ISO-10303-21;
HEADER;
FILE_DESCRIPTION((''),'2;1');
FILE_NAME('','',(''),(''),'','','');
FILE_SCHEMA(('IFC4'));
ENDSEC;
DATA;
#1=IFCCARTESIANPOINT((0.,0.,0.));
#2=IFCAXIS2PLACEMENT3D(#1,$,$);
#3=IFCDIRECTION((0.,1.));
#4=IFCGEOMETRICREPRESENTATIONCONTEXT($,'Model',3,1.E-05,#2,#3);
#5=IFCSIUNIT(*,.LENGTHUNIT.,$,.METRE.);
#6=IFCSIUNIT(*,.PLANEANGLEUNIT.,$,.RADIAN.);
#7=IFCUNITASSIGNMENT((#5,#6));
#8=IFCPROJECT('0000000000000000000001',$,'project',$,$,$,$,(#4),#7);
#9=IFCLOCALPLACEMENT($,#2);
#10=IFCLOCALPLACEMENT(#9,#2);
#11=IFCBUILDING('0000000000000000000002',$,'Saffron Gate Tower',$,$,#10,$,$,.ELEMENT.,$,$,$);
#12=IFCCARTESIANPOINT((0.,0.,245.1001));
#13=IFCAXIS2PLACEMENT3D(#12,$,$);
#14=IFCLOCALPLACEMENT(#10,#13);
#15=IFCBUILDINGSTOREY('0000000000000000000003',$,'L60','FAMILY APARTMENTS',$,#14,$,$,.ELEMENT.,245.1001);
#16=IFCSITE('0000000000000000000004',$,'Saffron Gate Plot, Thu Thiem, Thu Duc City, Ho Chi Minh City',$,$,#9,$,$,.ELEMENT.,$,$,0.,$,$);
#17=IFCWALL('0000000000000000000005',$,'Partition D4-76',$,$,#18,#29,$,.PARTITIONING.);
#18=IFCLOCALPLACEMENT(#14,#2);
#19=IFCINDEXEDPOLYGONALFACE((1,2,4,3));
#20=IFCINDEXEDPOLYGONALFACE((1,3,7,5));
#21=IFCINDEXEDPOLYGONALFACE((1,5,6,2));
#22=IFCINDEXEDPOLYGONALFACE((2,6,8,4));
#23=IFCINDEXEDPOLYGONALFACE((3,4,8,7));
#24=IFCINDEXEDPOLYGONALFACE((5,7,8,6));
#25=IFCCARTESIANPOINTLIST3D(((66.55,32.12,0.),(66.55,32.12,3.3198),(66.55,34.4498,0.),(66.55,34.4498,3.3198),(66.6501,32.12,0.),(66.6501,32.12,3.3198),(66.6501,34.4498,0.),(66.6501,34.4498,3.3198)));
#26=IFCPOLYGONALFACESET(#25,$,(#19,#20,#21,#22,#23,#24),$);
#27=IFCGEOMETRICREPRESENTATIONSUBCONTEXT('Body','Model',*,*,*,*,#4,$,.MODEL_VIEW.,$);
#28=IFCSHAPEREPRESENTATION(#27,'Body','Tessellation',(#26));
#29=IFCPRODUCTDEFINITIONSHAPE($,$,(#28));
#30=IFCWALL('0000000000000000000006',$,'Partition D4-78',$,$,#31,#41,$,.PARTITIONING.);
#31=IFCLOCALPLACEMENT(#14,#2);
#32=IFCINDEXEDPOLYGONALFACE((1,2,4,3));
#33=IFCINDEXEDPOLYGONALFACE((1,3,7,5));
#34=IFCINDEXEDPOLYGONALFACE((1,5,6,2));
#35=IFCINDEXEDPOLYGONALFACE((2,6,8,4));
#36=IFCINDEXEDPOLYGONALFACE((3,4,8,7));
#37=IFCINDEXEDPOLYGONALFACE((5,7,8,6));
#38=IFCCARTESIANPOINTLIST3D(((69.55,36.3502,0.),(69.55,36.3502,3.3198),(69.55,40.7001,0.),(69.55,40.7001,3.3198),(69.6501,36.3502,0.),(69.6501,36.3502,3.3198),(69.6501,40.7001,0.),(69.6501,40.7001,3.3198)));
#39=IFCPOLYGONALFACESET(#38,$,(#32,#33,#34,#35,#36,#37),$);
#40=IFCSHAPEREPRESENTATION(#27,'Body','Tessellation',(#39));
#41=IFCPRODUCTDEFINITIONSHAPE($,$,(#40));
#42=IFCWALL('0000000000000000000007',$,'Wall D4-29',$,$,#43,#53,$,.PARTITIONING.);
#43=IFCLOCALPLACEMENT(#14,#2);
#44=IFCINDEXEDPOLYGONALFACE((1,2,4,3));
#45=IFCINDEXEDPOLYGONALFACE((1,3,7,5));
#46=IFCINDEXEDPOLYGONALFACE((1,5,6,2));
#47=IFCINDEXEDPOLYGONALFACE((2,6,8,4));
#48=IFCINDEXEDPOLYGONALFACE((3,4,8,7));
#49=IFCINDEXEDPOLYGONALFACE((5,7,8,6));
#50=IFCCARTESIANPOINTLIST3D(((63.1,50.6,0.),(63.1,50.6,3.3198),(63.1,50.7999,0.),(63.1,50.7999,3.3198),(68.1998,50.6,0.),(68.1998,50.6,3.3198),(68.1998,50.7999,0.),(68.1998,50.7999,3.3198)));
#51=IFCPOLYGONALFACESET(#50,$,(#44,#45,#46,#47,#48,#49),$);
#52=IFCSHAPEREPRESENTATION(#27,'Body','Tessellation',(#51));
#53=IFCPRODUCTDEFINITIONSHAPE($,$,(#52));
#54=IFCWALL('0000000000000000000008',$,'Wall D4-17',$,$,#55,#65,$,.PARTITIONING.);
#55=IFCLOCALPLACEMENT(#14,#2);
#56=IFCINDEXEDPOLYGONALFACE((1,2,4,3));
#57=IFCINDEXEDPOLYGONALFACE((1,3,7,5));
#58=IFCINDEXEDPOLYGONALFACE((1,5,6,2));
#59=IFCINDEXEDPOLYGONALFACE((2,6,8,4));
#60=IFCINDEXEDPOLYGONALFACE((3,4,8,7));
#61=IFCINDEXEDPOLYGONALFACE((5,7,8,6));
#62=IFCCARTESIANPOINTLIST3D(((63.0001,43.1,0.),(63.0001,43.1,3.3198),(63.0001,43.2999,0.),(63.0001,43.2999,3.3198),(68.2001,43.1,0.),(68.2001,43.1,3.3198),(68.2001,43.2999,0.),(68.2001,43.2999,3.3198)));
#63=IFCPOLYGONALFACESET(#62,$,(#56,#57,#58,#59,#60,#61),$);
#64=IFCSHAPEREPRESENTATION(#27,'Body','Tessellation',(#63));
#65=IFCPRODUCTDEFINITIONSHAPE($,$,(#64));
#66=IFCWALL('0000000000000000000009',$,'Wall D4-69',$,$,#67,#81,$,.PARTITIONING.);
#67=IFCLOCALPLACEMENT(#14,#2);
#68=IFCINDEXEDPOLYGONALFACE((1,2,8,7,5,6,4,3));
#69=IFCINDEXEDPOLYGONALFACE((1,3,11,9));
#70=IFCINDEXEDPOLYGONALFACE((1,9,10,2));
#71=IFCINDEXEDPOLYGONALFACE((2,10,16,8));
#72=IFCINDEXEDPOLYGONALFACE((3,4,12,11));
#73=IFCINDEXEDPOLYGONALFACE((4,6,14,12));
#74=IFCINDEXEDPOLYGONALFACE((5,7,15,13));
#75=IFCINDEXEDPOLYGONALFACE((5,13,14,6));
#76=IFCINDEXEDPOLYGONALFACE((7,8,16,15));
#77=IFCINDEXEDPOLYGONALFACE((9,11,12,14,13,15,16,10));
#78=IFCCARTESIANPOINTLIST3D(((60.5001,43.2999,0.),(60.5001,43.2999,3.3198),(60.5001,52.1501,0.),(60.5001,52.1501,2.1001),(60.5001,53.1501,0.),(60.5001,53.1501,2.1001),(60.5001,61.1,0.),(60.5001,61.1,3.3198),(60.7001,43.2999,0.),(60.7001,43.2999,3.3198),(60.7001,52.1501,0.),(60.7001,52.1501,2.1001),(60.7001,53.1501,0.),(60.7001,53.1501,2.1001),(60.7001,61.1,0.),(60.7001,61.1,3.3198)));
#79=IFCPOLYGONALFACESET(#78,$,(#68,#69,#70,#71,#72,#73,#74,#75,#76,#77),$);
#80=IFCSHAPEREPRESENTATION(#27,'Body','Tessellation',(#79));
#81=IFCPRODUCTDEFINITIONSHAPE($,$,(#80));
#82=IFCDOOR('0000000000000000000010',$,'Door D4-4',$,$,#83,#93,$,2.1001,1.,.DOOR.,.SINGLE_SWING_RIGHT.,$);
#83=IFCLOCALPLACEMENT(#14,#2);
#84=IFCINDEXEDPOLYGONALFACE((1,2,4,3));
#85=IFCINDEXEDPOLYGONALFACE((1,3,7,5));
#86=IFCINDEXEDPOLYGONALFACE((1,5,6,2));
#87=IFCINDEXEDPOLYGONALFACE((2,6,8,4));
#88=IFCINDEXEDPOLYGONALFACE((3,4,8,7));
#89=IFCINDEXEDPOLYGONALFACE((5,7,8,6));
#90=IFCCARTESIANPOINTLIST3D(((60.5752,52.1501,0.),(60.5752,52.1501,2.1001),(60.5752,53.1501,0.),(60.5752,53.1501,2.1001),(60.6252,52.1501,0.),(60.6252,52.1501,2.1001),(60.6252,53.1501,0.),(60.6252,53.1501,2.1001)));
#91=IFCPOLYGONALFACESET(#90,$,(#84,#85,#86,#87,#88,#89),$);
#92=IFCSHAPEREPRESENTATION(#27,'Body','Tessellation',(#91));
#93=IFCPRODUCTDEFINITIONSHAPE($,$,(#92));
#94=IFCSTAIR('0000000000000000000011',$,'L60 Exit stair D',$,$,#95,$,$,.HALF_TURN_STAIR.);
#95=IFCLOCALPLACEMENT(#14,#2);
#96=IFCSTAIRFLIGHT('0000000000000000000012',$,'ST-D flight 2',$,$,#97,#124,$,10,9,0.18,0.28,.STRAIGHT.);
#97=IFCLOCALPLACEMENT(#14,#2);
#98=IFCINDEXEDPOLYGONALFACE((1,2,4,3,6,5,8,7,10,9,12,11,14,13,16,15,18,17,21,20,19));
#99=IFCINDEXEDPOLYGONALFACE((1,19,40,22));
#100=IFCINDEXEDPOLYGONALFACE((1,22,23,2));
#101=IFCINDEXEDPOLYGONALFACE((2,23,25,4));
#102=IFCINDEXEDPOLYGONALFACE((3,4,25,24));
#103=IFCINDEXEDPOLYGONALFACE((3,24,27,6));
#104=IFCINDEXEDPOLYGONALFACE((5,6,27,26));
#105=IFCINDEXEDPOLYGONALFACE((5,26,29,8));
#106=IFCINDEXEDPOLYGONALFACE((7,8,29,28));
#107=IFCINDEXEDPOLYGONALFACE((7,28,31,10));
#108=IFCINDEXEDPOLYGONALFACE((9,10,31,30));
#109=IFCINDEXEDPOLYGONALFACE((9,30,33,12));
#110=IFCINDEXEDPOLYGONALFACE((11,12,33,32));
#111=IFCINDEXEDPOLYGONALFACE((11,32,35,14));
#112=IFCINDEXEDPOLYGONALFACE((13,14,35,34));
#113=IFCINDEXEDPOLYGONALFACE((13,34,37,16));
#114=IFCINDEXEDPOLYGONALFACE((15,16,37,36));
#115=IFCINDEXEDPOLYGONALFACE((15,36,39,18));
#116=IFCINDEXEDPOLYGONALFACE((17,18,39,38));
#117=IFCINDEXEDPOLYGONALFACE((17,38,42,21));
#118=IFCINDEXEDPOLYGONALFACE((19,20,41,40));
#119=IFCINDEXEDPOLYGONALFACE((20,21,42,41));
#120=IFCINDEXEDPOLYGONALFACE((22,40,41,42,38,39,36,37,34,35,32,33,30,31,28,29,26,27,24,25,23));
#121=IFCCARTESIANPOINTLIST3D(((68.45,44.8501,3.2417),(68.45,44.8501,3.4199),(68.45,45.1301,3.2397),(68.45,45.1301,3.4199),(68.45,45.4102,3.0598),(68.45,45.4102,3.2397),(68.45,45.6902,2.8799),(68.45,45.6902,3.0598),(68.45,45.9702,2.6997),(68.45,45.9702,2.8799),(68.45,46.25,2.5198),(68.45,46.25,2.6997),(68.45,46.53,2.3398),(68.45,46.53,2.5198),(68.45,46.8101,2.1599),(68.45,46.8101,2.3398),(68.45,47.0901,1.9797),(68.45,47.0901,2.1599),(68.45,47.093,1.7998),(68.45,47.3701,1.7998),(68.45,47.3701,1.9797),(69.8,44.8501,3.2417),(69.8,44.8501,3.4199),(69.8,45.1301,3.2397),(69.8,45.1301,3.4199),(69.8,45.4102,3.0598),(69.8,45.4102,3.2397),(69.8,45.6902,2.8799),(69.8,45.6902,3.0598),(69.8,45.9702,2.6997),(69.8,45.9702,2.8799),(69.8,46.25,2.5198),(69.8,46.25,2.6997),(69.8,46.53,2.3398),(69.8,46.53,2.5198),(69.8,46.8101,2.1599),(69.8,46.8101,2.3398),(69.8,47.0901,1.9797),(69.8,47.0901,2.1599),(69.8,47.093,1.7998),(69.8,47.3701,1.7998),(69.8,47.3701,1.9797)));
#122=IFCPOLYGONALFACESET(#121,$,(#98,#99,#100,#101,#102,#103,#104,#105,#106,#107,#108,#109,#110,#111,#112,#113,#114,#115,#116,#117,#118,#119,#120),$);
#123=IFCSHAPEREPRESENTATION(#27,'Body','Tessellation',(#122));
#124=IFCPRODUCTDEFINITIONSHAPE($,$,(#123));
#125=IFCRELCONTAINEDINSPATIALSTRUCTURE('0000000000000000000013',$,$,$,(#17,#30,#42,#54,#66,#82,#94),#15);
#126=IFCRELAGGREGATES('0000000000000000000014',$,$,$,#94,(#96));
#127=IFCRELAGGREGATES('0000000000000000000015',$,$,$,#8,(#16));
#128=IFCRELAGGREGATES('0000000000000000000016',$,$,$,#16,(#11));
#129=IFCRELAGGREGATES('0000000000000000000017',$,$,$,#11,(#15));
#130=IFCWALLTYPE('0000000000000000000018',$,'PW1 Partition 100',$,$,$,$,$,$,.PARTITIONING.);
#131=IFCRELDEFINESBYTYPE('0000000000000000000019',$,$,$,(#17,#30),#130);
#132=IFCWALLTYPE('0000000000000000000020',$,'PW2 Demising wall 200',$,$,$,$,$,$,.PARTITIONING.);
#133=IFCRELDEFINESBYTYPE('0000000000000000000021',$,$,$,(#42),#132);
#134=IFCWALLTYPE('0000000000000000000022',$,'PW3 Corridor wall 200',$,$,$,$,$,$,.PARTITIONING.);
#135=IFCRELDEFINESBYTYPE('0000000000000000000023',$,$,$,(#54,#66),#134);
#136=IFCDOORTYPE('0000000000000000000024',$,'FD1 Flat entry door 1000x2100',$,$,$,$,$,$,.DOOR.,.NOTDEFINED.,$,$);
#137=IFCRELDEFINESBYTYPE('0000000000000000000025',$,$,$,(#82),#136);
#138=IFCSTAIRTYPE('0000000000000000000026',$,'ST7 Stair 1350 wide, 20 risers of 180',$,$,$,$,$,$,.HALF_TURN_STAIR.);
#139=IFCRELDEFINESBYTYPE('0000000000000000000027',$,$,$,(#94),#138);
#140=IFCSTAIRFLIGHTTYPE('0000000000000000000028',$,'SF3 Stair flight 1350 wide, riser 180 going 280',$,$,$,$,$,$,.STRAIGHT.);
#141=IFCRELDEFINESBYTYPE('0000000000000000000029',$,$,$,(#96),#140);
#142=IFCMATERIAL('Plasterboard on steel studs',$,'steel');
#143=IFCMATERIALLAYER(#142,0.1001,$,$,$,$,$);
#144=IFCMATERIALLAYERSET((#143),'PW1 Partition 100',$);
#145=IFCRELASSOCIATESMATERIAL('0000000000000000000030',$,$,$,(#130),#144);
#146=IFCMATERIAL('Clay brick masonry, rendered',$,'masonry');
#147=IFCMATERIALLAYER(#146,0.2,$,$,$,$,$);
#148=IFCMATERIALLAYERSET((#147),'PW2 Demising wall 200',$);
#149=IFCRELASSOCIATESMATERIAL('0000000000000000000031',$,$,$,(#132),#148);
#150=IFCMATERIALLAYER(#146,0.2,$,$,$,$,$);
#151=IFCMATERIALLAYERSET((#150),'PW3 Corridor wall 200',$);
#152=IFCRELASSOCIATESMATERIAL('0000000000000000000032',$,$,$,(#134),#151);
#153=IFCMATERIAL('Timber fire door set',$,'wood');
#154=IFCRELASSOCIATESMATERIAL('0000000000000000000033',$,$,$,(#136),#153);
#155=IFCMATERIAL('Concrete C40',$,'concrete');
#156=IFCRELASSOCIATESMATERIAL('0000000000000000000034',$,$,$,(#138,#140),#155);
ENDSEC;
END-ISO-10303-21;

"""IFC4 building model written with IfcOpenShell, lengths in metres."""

from ifc_helpers import new_model, si_unit, direction, frame, frame_2d, origin, place, context, subcontext, project, spatial, polyline, rectangle, outline, extrude, material, layer, layer_set, type_object, element, fill, aggregate, save


model = new_model("IFC4")

# Units and contexts
model_context = context("Model", 3, precision=1e-05, world=origin(), true_north=direction((0.0, 1.0)))
body_context = subcontext(model_context, "Body", "Model", "MODEL_VIEW")
ifc_project = project(units=[si_unit("LENGTHUNIT", "METRE"), si_unit("PLANEANGLEUNIT", "RADIAN")], contexts=[model_context])

# Site, building, storey
site_placement = place(None, origin())
site = spatial("IfcSite", under=ifc_project, at=site_placement, Name="Saffron Gate Plot, Thu Thiem, Thu Duc City, Ho Chi Minh City", CompositionType="ELEMENT", RefElevation=0.0)
building_placement = place(site_placement, origin())
building = spatial("IfcBuilding", under=site, at=building_placement, Name="Saffron Gate Tower", CompositionType="ELEMENT")
storey_placement = place(building_placement, frame((0.0, 0.0, 245.1001)))
storey = spatial("IfcBuildingStorey", under=building, at=storey_placement, Name="L60", Description="FAMILY APARTMENTS", CompositionType="ELEMENT", Elevation=245.1001)

# Shared definitions
ifc_material_1 = material(Name="Plasterboard on steel studs", Category="steel")
ifc_layer_1 = layer(ifc_material_1, 0.1001)
ifc_layer_set_1 = layer_set([ifc_layer_1], Name="PW1 Partition 100")
wall_type_1 = type_object("IfcWallType", Name="PW1 Partition 100", PredefinedType="PARTITIONING", material=ifc_layer_set_1)

# Walls
wall_1_placement = place(storey_placement, frame((66.6001, 34.45, 0.0), z_axis=(0.0, 0.0, 1.0), x_axis=(0.0, -1.0, 0.0)))
element("IfcWall", 1, at=wall_1_placement, inside=storey, type_object=wall_type_1, Name="Partition D4-76", PredefinedType="PARTITIONING", context=body_context, shape_type="SweptSolid", body=[
    extrude(rectangle(XDim=2.3298, YDim=0.1001, at=frame_2d((1.165, 0.0))), origin(), (0.0, 0.0, 1.0), 3.3198),
])
wall_2_placement = place(storey_placement, frame((69.6001, 40.7, 0.0), z_axis=(0.0, 0.0, 1.0), x_axis=(0.0, -1.0, 0.0)))
element("IfcWall", 2, at=wall_2_placement, inside=storey, type_object=wall_type_1, Name="Partition D4-78", PredefinedType="PARTITIONING", context=body_context, shape_type="SweptSolid", body=[
    extrude(rectangle(XDim=4.3499, YDim=0.1001, at=frame_2d((2.1748, 0.0))), origin(), (0.0, 0.0, 1.0), 3.3198),
])
ifc_material_2 = material(Name="Clay brick masonry, rendered", Category="masonry")
ifc_layer_2 = layer(ifc_material_2, 0.2)
ifc_layer_set_2 = layer_set([ifc_layer_2], Name="PW2 Demising wall 200")
wall_type_2 = type_object("IfcWallType", Name="PW2 Demising wall 200", PredefinedType="PARTITIONING", material=ifc_layer_set_2)
wall_3_placement = place(storey_placement, frame((63.1001, 50.7, 0.0), z_axis=(0.0, 0.0, 1.0), x_axis=(1.0, 0.0, 0.0)))
element("IfcWall", 3, at=wall_3_placement, inside=storey, type_object=wall_type_2, Name="Wall D4-29", PredefinedType="PARTITIONING", context=body_context, shape_type="SweptSolid", body=[
    extrude(rectangle(XDim=5.0999, YDim=0.2, at=frame_2d((2.5498, 0.0))), origin(), (0.0, 0.0, 1.0), 3.3198),
])
ifc_layer_3 = layer(ifc_material_2, 0.2)
ifc_layer_set_3 = layer_set([ifc_layer_3], Name="PW3 Corridor wall 200")
wall_type_3 = type_object("IfcWallType", Name="PW3 Corridor wall 200", PredefinedType="PARTITIONING", material=ifc_layer_set_3)
wall_4_placement = place(storey_placement, frame((63.0, 43.2, 0.0), z_axis=(0.0, 0.0, 1.0), x_axis=(1.0, 0.0, 0.0)))
element("IfcWall", 4, at=wall_4_placement, inside=storey, type_object=wall_type_3, Name="Wall D4-17", PredefinedType="PARTITIONING", context=body_context, shape_type="SweptSolid", body=[
    extrude(rectangle(XDim=5.2, YDim=0.2, at=frame_2d((2.6001, 0.0))), origin(), (0.0, 0.0, 1.0), 3.3198),
])

# Wall, opening, door
wall_5_placement = place(storey_placement, frame((60.6001, 43.3, 0.0), z_axis=(0.0, 0.0, 1.0), x_axis=(0.0, 1.0, 0.0)))
wall_5 = element("IfcWall", 5, at=wall_5_placement, inside=storey, type_object=wall_type_3, Name="Wall D4-69", PredefinedType="PARTITIONING", context=body_context, shape_type="SweptSolid", body=[
    extrude(rectangle(XDim=17.8, YDim=0.2, at=frame_2d((8.8999, 0.0))), origin(), (0.0, 0.0, 1.0), 3.3198),
])
opening_1_placement = place(wall_5_placement, frame((8.8501, 0.0, 0.0)))
opening_1 = element("IfcOpeningElement", 6, at=opening_1_placement, cuts=wall_5, PredefinedType="OPENING", context=body_context, shape_type="SweptSolid", body=[
    extrude(rectangle(XDim=1.0, YDim=2.1001, at=frame_2d((0.5, 1.05))), frame((0.0, 0.1099, 0.0), z_axis=(0.0, -1.0, 0.0), x_axis=(1.0, 0.0, 0.0)), (0.0, 0.0, 1.0), 0.22),
])
ifc_material_3 = material(Name="Timber fire door set", Category="wood")
door_type_1 = type_object("IfcDoorType", Name="FD1 Flat entry door 1000x2100", OperationType="NOTDEFINED", PredefinedType="DOOR", material=ifc_material_3)
door_1_placement = place(opening_1_placement, origin())
door_1 = element("IfcDoor", 7, at=door_1_placement, inside=storey, type_object=door_type_1, Name="Door D4-4", OperationType="SINGLE_SWING_RIGHT", OverallHeight=2.1001, OverallWidth=1.0, PredefinedType="DOOR", context=body_context, shape_type="SweptSolid", body=[
    extrude(rectangle(XDim=1.0, YDim=2.1001, at=frame_2d((0.5, 1.05))), frame((0.0, 0.0249, 0.0), z_axis=(0.0, -1.0, 0.0), x_axis=(1.0, 0.0, 0.0)), (0.0, 0.0, 1.0), 0.05),
])
fill(opening_1, door_1)

# Stair, stair flight
ifc_material_4 = material(Name="Concrete C40", Category="concrete")
stair_type = type_object("IfcStairType", Name="ST7 Stair 1350 wide, 20 risers of 180", PredefinedType="HALF_TURN_STAIR", material=ifc_material_4)
stair_placement = place(storey_placement, origin())
stair = element("IfcStair", 8, at=stair_placement, inside=storey, type_object=stair_type, Name="L60 Exit stair D", PredefinedType="HALF_TURN_STAIR")
stair_flight_type = type_object("IfcStairFlightType", Name="SF3 Stair flight 1350 wide, riser 180 going 280", PredefinedType="STRAIGHT", material=ifc_material_4)
stair_flight_placement = place(storey_placement, frame((69.125, 47.3701, 1.7998), z_axis=(0.0, 0.0, 1.0), x_axis=(0.0, -1.0, 0.0)))
stair_flight = element("IfcStairFlight", 9, at=stair_flight_placement, type_object=stair_flight_type, Name="ST-D flight 2", NumberOfRisers=10, NumberOfTreads=9, PredefinedType="STRAIGHT", RiserHeight=0.18, TreadLength=0.28, context=body_context, shape_type="SweptSolid", body=[
    extrude(outline(polyline([(0.0, 0.0), (0.0, 0.1799), (0.28, 0.1799), (0.28, 0.3601), (0.5601, 0.3601), (0.5601, 0.54), (0.8401, 0.54), (0.8401, 0.72), (1.1201, 0.72), (1.1201, 0.8999), (1.3999, 0.8999), (1.3999, 1.0801), (1.6799, 1.0801), (1.6799, 1.26), (1.96, 1.26), (1.96, 1.4399), (2.24, 1.4399), (2.24, 1.6201), (2.52, 1.6201), (2.52, 1.8), (2.52, 1.4419), (0.2771, 0.0), (0.0, 0.0)])), frame((0.0, 0.675, 0.0), z_axis=(0.0, -1.0, 0.0), x_axis=(1.0, 0.0, 0.0)), (0.0, 0.0, 1.0), 1.3501),
])
aggregate(stair, [stair_flight])

save(model, "model.ifc")
